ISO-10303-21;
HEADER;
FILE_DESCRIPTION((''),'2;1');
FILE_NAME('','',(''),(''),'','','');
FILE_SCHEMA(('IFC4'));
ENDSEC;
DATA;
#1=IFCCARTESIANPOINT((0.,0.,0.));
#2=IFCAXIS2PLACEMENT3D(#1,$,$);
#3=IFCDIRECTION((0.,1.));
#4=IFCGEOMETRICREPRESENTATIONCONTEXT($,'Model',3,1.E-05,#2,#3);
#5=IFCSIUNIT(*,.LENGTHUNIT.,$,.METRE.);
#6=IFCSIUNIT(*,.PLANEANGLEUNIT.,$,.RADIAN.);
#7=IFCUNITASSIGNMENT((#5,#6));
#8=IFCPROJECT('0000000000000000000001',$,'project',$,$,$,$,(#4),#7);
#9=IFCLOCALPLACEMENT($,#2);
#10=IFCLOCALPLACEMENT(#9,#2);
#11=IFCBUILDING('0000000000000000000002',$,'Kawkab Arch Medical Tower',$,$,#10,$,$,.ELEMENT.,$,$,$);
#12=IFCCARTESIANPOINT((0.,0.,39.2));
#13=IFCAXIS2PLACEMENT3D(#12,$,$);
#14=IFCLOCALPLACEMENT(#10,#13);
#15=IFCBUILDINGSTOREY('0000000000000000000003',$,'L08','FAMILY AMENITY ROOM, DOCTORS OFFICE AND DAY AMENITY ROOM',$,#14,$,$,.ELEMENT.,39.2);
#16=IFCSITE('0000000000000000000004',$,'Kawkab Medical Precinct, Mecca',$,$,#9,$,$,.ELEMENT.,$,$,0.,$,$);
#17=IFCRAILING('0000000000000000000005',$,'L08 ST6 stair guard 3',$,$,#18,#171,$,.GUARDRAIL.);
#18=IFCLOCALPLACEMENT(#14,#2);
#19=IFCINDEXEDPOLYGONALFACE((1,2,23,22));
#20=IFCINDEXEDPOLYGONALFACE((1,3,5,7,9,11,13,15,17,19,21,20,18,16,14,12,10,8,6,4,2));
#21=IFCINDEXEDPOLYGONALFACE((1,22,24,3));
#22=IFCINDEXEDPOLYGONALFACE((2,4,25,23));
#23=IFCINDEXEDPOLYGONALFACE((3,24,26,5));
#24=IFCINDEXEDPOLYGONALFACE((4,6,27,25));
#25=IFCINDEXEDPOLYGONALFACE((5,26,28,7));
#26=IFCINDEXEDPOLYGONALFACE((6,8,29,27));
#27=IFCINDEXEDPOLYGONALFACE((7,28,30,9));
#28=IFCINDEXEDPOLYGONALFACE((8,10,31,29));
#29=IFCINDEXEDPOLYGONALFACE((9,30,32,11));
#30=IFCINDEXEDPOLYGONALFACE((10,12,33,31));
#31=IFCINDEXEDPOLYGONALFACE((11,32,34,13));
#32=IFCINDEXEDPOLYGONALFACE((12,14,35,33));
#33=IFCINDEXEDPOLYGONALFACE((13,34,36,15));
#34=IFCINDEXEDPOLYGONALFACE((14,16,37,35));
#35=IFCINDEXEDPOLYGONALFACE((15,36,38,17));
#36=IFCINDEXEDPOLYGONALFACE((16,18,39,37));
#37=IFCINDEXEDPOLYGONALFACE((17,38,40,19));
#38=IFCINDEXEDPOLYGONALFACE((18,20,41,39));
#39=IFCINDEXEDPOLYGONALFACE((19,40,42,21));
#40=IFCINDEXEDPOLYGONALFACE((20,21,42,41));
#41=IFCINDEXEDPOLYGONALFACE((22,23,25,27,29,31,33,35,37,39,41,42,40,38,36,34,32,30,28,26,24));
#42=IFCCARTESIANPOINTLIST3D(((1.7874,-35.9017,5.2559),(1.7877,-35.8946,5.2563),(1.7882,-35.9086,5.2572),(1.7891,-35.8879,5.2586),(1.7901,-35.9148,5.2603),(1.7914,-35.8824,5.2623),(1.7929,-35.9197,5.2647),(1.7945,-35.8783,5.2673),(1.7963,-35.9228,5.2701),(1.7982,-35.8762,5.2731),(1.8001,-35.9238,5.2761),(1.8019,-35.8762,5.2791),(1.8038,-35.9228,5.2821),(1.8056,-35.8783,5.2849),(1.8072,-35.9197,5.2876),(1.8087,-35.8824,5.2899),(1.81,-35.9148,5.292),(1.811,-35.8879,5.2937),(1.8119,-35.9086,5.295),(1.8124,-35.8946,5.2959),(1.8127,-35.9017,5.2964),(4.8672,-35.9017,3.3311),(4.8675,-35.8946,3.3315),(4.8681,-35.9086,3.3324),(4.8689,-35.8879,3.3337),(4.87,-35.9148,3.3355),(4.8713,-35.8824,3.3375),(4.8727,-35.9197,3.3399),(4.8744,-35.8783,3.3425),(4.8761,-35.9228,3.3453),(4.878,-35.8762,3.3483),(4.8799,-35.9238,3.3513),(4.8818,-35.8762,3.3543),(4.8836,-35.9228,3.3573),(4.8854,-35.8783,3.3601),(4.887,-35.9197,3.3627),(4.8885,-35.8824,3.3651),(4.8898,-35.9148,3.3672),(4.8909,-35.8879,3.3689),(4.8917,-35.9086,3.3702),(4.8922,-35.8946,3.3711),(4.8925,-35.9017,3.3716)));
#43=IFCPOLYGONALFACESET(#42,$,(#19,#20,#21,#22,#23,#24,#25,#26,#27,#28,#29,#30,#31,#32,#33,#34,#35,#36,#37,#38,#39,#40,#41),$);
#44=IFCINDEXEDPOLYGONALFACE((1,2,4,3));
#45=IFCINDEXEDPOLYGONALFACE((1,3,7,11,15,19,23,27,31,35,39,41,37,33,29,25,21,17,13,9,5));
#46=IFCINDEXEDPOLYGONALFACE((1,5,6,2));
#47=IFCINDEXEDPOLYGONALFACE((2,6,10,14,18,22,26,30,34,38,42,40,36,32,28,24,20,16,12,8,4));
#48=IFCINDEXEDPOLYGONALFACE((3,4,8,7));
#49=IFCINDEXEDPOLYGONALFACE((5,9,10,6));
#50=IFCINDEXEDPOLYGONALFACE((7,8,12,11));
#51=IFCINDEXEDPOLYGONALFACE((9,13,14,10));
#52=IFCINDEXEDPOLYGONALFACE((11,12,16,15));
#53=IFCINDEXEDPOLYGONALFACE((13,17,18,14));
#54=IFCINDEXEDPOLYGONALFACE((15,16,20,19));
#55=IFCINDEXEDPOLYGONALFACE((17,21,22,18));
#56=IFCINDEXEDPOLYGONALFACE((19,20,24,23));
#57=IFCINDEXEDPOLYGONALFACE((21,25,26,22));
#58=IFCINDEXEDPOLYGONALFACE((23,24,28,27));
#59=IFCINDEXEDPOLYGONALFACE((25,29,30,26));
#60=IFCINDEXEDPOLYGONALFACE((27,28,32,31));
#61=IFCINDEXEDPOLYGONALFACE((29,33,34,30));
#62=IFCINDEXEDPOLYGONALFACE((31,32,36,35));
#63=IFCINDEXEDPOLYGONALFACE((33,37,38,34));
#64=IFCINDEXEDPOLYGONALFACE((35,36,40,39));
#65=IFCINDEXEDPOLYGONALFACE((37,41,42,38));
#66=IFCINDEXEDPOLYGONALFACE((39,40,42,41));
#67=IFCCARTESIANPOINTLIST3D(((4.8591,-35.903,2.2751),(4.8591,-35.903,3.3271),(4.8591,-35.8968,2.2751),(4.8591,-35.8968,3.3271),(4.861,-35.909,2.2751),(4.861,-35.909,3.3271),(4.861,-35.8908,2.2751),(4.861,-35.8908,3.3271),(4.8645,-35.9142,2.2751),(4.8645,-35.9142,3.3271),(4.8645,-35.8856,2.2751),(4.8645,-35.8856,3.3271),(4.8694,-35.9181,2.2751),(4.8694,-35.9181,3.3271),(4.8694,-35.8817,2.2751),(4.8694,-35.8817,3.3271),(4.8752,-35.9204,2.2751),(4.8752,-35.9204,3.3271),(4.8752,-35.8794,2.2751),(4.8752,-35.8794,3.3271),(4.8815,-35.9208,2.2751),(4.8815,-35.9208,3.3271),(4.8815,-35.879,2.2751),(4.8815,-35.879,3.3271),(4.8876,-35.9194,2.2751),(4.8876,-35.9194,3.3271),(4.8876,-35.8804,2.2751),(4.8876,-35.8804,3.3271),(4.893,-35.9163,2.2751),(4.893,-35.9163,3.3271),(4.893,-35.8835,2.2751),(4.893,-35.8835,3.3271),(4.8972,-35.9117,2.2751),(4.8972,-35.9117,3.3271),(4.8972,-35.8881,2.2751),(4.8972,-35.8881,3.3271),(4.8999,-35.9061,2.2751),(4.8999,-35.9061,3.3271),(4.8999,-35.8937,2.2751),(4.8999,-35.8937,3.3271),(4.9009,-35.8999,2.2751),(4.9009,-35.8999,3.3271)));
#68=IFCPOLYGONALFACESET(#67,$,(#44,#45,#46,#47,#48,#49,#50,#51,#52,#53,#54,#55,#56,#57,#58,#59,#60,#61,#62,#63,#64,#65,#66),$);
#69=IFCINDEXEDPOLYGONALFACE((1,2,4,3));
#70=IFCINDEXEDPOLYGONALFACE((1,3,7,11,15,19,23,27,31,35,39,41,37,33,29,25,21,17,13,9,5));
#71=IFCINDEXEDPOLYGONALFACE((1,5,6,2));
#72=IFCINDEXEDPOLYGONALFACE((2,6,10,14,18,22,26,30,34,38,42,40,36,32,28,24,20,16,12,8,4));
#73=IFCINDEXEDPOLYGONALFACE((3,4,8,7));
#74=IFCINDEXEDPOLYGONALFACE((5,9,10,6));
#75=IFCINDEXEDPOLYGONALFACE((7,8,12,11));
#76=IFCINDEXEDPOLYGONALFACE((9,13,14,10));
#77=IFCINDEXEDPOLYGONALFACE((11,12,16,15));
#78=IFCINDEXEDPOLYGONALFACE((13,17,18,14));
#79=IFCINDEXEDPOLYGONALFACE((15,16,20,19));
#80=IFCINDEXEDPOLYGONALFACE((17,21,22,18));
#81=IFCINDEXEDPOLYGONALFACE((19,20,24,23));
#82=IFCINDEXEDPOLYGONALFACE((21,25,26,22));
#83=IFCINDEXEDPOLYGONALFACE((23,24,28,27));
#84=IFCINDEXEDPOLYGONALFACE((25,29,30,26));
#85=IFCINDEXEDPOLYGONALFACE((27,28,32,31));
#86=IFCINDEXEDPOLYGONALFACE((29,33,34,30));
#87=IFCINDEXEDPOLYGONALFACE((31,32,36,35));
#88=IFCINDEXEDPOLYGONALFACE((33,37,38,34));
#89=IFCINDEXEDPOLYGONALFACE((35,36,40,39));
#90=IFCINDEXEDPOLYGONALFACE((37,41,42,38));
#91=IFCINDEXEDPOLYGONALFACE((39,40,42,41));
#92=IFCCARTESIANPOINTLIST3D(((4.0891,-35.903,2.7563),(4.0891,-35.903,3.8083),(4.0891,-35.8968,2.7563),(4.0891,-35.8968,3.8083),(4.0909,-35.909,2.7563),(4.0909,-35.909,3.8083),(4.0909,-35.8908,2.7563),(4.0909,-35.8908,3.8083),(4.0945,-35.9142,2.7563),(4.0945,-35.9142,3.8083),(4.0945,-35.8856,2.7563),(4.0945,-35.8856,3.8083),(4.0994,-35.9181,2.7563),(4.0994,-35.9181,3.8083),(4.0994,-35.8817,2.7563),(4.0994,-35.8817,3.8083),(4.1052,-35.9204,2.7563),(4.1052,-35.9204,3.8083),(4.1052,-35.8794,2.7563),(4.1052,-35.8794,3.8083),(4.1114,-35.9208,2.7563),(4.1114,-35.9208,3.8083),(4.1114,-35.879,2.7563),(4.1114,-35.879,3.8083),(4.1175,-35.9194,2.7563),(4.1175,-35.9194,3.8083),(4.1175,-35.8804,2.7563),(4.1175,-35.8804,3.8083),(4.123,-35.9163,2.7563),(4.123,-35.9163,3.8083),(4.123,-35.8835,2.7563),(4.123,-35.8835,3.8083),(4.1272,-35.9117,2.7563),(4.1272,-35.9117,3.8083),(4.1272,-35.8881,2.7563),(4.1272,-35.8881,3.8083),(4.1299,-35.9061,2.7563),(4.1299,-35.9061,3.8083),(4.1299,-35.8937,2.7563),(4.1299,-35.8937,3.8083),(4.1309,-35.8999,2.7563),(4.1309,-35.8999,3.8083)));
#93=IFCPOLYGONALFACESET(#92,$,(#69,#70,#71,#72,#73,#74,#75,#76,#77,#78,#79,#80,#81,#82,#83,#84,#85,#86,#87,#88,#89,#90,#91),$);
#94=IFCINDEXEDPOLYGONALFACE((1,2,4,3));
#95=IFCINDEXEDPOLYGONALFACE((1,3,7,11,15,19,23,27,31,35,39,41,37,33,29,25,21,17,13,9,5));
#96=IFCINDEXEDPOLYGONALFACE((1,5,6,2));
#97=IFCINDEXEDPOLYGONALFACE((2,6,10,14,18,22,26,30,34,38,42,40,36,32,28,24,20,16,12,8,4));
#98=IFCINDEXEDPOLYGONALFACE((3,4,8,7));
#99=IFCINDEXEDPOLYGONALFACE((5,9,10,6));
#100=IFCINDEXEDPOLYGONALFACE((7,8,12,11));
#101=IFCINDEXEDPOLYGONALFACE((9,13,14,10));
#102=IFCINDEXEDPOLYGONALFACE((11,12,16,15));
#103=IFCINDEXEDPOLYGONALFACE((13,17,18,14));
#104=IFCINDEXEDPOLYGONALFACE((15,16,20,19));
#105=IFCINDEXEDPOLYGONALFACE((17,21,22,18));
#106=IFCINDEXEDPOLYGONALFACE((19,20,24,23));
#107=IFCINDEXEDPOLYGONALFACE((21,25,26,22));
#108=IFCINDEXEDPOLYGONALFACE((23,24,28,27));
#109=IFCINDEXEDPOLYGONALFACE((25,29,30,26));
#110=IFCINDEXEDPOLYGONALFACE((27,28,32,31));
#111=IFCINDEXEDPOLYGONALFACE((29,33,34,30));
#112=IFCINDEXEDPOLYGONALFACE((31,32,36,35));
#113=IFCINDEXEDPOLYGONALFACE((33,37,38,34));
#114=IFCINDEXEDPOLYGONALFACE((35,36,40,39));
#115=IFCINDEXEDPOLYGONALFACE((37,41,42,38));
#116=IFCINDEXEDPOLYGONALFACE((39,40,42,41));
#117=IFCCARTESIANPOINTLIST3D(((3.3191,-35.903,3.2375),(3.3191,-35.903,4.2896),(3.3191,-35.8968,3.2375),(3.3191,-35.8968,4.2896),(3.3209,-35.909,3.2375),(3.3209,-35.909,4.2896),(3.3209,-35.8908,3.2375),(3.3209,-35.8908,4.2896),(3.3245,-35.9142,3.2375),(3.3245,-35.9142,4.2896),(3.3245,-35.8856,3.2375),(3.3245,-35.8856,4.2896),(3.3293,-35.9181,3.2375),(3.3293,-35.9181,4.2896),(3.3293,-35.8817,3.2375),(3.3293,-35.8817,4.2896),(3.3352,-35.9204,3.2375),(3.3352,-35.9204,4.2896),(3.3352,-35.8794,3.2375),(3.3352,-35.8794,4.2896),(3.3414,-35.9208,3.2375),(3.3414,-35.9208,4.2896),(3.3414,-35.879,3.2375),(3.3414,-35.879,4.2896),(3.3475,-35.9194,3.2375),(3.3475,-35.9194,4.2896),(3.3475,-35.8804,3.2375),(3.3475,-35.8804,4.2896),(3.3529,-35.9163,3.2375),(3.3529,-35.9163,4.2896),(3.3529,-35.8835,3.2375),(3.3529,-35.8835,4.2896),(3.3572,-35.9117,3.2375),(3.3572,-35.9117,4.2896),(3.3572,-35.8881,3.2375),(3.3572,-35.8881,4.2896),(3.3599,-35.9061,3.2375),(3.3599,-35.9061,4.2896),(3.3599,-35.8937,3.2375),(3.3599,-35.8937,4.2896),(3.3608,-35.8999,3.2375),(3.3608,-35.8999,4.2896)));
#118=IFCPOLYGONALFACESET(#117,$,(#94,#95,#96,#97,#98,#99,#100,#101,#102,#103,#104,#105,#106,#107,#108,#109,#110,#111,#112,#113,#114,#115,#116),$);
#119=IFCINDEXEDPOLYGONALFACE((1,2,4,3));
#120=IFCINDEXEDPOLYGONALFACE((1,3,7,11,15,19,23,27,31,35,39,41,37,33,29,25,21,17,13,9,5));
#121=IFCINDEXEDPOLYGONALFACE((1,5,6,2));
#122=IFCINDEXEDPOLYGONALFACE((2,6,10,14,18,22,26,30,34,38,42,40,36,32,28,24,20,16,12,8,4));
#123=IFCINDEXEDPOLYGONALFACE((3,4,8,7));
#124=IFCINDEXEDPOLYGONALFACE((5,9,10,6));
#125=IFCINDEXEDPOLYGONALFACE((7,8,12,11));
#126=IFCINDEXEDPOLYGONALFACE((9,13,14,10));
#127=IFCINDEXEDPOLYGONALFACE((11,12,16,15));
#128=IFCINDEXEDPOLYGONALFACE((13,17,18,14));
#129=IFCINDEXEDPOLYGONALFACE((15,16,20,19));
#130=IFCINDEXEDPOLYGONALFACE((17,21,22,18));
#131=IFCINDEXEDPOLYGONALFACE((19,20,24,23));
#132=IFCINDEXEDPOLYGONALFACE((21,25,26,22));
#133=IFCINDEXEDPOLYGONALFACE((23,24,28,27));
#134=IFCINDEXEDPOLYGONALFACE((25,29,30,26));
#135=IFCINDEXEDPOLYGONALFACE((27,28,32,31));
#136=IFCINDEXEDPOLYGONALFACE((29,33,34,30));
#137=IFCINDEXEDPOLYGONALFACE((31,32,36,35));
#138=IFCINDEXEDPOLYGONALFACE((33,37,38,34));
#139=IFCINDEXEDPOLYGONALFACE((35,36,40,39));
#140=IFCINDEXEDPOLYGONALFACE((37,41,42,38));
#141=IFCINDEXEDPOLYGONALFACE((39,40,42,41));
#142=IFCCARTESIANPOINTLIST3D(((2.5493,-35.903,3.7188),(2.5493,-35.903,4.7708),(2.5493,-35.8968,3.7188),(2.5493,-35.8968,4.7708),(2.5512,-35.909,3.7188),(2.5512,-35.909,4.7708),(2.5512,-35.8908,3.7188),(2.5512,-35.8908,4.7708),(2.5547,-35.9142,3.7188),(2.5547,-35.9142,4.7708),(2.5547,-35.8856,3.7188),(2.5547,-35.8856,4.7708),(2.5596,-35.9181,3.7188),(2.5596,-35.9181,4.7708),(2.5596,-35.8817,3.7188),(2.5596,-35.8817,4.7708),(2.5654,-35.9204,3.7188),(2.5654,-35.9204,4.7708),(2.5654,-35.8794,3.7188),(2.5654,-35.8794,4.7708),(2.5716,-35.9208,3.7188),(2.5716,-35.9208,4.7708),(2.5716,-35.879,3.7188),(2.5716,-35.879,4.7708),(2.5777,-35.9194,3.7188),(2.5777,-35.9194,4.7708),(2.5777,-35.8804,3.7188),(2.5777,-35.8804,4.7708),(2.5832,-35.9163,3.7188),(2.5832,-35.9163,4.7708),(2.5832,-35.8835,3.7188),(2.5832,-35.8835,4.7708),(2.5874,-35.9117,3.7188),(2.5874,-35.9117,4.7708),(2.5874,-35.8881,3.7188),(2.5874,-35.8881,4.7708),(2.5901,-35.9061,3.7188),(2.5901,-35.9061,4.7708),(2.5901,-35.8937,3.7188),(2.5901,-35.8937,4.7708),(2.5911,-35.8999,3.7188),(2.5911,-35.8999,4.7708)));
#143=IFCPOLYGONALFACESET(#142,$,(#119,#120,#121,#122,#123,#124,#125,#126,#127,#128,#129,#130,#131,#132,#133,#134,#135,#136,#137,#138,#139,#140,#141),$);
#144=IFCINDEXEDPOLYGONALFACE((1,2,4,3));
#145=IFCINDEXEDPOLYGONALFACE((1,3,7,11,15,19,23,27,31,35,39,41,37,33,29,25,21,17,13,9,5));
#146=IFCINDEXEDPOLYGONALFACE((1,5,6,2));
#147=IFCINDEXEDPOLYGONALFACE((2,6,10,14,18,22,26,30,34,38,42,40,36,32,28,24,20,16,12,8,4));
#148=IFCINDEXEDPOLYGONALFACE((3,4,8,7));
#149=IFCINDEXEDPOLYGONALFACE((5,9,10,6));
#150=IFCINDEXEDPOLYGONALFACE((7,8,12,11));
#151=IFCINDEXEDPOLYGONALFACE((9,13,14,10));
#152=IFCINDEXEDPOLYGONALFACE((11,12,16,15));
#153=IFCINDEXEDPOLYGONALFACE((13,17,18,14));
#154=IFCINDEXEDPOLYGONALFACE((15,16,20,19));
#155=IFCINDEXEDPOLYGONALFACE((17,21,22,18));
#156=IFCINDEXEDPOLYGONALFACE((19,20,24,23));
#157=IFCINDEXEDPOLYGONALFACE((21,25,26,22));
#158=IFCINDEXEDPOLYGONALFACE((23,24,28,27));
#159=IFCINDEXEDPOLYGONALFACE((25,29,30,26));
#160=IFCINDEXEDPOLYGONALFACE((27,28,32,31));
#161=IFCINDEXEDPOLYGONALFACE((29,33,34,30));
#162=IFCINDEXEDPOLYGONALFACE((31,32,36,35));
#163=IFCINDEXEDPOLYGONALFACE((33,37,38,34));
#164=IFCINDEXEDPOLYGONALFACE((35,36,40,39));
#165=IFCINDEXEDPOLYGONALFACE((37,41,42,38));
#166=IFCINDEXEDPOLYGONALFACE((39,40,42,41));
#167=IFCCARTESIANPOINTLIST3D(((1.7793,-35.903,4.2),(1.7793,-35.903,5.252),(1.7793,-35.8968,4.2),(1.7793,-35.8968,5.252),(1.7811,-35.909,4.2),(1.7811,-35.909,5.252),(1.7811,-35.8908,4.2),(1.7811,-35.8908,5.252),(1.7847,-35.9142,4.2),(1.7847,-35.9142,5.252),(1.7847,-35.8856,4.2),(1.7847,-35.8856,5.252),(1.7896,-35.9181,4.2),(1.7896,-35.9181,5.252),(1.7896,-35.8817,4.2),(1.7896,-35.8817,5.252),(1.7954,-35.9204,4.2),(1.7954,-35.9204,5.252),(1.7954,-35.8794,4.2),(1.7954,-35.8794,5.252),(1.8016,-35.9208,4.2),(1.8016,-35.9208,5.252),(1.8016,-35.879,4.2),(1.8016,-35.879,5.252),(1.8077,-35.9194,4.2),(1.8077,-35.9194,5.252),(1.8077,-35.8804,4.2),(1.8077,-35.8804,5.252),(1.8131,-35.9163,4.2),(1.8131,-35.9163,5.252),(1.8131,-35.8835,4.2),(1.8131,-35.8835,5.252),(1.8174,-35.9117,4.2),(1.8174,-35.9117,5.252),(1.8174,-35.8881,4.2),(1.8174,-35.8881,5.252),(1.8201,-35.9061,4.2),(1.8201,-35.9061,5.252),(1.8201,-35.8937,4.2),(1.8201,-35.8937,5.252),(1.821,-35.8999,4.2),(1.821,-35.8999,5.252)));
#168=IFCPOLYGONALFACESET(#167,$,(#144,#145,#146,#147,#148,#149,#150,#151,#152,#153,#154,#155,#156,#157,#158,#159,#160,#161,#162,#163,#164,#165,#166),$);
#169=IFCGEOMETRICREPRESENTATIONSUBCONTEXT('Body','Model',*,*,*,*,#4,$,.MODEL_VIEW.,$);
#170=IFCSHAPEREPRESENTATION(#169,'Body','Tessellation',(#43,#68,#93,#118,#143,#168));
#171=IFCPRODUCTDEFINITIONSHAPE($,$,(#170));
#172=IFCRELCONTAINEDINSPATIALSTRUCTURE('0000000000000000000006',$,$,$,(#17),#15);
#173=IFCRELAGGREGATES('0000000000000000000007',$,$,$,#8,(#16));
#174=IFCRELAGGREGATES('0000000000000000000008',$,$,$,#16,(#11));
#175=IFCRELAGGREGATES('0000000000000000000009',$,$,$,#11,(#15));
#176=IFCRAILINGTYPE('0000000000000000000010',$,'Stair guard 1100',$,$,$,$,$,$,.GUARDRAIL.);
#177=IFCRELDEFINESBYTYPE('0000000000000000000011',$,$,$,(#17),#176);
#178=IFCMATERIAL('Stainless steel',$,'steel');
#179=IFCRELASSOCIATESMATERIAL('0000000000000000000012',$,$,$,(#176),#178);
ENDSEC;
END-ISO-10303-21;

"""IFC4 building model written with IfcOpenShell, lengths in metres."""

from ifc_helpers import new_model, si_unit, direction, frame, origin, origin_2d, place, context, subcontext, project, spatial, circle, extrude, material, type_object, element, save


model = new_model("IFC4")

# Units and contexts
model_context = context("Model", 3, precision=1e-05, world=origin(), true_north=direction((0.0, 1.0)))
body_context = subcontext(model_context, "Body", "Model", "MODEL_VIEW")
ifc_project = project(units=[si_unit("LENGTHUNIT", "METRE"), si_unit("PLANEANGLEUNIT", "RADIAN")], contexts=[model_context])

# Site, building, storey
site_placement = place(None, origin())
site = spatial("IfcSite", under=ifc_project, at=site_placement, Name="Kawkab Medical Precinct, Mecca", CompositionType="ELEMENT", RefElevation=0.0)
building_placement = place(site_placement, origin())
building = spatial("IfcBuilding", under=site, at=building_placement, Name="Kawkab Arch Medical Tower", CompositionType="ELEMENT")
storey_placement = place(building_placement, frame((0.0, 0.0, 39.2)))
storey = spatial("IfcBuildingStorey", under=building, at=storey_placement, Name="L08", Description="FAMILY AMENITY ROOM, DOCTORS OFFICE AND DAY AMENITY ROOM", CompositionType="ELEMENT", Elevation=39.2)

# Railing
ifc_material_1 = material(Name="Stainless steel", Category="steel")
railing_type_1 = type_object("IfcRailingType", Name="Stair guard 1100", PredefinedType="GUARDRAIL", material=ifc_material_1)
railing_1_placement = place(storey_placement, frame((4.8799, -35.8999, 2.2751)))
element("IfcRailing", 1, at=railing_1_placement, inside=storey, type_object=railing_type_1, Name="L08 ST6 stair guard 3", PredefinedType="GUARDRAIL", context=body_context, shape_type="SweptSolid", body=[
    extrude(circle(Radius=0.0239, at=origin_2d()), frame((0.0, 0.0, 1.0762), z_axis=(-0.84801, 0.0, 0.529981), x_axis=(0.0, -1.0, 0.0)), (0.0, 0.0, 1.0), 3.6318),
    extrude(circle(Radius=0.021, at=origin_2d()), origin(), (0.0, 0.0, 1.0), 1.052),
    extrude(circle(Radius=0.021, at=origin_2d()), frame((-0.77, 0.0, 0.4812)), (0.0, 0.0, 1.0), 1.052),
    extrude(circle(Radius=0.021, at=origin_2d()), frame((-1.54, 0.0, 0.9624)), (0.0, 0.0, 1.0), 1.052),
    extrude(circle(Radius=0.021, at=origin_2d()), frame((-2.3098, 0.0, 1.4436)), (0.0, 0.0, 1.0), 1.052),
    extrude(circle(Radius=0.021, at=origin_2d()), frame((-3.0798, 0.0, 1.9248)), (0.0, 0.0, 1.0), 1.052),
])

save(model, "model.ifc")
